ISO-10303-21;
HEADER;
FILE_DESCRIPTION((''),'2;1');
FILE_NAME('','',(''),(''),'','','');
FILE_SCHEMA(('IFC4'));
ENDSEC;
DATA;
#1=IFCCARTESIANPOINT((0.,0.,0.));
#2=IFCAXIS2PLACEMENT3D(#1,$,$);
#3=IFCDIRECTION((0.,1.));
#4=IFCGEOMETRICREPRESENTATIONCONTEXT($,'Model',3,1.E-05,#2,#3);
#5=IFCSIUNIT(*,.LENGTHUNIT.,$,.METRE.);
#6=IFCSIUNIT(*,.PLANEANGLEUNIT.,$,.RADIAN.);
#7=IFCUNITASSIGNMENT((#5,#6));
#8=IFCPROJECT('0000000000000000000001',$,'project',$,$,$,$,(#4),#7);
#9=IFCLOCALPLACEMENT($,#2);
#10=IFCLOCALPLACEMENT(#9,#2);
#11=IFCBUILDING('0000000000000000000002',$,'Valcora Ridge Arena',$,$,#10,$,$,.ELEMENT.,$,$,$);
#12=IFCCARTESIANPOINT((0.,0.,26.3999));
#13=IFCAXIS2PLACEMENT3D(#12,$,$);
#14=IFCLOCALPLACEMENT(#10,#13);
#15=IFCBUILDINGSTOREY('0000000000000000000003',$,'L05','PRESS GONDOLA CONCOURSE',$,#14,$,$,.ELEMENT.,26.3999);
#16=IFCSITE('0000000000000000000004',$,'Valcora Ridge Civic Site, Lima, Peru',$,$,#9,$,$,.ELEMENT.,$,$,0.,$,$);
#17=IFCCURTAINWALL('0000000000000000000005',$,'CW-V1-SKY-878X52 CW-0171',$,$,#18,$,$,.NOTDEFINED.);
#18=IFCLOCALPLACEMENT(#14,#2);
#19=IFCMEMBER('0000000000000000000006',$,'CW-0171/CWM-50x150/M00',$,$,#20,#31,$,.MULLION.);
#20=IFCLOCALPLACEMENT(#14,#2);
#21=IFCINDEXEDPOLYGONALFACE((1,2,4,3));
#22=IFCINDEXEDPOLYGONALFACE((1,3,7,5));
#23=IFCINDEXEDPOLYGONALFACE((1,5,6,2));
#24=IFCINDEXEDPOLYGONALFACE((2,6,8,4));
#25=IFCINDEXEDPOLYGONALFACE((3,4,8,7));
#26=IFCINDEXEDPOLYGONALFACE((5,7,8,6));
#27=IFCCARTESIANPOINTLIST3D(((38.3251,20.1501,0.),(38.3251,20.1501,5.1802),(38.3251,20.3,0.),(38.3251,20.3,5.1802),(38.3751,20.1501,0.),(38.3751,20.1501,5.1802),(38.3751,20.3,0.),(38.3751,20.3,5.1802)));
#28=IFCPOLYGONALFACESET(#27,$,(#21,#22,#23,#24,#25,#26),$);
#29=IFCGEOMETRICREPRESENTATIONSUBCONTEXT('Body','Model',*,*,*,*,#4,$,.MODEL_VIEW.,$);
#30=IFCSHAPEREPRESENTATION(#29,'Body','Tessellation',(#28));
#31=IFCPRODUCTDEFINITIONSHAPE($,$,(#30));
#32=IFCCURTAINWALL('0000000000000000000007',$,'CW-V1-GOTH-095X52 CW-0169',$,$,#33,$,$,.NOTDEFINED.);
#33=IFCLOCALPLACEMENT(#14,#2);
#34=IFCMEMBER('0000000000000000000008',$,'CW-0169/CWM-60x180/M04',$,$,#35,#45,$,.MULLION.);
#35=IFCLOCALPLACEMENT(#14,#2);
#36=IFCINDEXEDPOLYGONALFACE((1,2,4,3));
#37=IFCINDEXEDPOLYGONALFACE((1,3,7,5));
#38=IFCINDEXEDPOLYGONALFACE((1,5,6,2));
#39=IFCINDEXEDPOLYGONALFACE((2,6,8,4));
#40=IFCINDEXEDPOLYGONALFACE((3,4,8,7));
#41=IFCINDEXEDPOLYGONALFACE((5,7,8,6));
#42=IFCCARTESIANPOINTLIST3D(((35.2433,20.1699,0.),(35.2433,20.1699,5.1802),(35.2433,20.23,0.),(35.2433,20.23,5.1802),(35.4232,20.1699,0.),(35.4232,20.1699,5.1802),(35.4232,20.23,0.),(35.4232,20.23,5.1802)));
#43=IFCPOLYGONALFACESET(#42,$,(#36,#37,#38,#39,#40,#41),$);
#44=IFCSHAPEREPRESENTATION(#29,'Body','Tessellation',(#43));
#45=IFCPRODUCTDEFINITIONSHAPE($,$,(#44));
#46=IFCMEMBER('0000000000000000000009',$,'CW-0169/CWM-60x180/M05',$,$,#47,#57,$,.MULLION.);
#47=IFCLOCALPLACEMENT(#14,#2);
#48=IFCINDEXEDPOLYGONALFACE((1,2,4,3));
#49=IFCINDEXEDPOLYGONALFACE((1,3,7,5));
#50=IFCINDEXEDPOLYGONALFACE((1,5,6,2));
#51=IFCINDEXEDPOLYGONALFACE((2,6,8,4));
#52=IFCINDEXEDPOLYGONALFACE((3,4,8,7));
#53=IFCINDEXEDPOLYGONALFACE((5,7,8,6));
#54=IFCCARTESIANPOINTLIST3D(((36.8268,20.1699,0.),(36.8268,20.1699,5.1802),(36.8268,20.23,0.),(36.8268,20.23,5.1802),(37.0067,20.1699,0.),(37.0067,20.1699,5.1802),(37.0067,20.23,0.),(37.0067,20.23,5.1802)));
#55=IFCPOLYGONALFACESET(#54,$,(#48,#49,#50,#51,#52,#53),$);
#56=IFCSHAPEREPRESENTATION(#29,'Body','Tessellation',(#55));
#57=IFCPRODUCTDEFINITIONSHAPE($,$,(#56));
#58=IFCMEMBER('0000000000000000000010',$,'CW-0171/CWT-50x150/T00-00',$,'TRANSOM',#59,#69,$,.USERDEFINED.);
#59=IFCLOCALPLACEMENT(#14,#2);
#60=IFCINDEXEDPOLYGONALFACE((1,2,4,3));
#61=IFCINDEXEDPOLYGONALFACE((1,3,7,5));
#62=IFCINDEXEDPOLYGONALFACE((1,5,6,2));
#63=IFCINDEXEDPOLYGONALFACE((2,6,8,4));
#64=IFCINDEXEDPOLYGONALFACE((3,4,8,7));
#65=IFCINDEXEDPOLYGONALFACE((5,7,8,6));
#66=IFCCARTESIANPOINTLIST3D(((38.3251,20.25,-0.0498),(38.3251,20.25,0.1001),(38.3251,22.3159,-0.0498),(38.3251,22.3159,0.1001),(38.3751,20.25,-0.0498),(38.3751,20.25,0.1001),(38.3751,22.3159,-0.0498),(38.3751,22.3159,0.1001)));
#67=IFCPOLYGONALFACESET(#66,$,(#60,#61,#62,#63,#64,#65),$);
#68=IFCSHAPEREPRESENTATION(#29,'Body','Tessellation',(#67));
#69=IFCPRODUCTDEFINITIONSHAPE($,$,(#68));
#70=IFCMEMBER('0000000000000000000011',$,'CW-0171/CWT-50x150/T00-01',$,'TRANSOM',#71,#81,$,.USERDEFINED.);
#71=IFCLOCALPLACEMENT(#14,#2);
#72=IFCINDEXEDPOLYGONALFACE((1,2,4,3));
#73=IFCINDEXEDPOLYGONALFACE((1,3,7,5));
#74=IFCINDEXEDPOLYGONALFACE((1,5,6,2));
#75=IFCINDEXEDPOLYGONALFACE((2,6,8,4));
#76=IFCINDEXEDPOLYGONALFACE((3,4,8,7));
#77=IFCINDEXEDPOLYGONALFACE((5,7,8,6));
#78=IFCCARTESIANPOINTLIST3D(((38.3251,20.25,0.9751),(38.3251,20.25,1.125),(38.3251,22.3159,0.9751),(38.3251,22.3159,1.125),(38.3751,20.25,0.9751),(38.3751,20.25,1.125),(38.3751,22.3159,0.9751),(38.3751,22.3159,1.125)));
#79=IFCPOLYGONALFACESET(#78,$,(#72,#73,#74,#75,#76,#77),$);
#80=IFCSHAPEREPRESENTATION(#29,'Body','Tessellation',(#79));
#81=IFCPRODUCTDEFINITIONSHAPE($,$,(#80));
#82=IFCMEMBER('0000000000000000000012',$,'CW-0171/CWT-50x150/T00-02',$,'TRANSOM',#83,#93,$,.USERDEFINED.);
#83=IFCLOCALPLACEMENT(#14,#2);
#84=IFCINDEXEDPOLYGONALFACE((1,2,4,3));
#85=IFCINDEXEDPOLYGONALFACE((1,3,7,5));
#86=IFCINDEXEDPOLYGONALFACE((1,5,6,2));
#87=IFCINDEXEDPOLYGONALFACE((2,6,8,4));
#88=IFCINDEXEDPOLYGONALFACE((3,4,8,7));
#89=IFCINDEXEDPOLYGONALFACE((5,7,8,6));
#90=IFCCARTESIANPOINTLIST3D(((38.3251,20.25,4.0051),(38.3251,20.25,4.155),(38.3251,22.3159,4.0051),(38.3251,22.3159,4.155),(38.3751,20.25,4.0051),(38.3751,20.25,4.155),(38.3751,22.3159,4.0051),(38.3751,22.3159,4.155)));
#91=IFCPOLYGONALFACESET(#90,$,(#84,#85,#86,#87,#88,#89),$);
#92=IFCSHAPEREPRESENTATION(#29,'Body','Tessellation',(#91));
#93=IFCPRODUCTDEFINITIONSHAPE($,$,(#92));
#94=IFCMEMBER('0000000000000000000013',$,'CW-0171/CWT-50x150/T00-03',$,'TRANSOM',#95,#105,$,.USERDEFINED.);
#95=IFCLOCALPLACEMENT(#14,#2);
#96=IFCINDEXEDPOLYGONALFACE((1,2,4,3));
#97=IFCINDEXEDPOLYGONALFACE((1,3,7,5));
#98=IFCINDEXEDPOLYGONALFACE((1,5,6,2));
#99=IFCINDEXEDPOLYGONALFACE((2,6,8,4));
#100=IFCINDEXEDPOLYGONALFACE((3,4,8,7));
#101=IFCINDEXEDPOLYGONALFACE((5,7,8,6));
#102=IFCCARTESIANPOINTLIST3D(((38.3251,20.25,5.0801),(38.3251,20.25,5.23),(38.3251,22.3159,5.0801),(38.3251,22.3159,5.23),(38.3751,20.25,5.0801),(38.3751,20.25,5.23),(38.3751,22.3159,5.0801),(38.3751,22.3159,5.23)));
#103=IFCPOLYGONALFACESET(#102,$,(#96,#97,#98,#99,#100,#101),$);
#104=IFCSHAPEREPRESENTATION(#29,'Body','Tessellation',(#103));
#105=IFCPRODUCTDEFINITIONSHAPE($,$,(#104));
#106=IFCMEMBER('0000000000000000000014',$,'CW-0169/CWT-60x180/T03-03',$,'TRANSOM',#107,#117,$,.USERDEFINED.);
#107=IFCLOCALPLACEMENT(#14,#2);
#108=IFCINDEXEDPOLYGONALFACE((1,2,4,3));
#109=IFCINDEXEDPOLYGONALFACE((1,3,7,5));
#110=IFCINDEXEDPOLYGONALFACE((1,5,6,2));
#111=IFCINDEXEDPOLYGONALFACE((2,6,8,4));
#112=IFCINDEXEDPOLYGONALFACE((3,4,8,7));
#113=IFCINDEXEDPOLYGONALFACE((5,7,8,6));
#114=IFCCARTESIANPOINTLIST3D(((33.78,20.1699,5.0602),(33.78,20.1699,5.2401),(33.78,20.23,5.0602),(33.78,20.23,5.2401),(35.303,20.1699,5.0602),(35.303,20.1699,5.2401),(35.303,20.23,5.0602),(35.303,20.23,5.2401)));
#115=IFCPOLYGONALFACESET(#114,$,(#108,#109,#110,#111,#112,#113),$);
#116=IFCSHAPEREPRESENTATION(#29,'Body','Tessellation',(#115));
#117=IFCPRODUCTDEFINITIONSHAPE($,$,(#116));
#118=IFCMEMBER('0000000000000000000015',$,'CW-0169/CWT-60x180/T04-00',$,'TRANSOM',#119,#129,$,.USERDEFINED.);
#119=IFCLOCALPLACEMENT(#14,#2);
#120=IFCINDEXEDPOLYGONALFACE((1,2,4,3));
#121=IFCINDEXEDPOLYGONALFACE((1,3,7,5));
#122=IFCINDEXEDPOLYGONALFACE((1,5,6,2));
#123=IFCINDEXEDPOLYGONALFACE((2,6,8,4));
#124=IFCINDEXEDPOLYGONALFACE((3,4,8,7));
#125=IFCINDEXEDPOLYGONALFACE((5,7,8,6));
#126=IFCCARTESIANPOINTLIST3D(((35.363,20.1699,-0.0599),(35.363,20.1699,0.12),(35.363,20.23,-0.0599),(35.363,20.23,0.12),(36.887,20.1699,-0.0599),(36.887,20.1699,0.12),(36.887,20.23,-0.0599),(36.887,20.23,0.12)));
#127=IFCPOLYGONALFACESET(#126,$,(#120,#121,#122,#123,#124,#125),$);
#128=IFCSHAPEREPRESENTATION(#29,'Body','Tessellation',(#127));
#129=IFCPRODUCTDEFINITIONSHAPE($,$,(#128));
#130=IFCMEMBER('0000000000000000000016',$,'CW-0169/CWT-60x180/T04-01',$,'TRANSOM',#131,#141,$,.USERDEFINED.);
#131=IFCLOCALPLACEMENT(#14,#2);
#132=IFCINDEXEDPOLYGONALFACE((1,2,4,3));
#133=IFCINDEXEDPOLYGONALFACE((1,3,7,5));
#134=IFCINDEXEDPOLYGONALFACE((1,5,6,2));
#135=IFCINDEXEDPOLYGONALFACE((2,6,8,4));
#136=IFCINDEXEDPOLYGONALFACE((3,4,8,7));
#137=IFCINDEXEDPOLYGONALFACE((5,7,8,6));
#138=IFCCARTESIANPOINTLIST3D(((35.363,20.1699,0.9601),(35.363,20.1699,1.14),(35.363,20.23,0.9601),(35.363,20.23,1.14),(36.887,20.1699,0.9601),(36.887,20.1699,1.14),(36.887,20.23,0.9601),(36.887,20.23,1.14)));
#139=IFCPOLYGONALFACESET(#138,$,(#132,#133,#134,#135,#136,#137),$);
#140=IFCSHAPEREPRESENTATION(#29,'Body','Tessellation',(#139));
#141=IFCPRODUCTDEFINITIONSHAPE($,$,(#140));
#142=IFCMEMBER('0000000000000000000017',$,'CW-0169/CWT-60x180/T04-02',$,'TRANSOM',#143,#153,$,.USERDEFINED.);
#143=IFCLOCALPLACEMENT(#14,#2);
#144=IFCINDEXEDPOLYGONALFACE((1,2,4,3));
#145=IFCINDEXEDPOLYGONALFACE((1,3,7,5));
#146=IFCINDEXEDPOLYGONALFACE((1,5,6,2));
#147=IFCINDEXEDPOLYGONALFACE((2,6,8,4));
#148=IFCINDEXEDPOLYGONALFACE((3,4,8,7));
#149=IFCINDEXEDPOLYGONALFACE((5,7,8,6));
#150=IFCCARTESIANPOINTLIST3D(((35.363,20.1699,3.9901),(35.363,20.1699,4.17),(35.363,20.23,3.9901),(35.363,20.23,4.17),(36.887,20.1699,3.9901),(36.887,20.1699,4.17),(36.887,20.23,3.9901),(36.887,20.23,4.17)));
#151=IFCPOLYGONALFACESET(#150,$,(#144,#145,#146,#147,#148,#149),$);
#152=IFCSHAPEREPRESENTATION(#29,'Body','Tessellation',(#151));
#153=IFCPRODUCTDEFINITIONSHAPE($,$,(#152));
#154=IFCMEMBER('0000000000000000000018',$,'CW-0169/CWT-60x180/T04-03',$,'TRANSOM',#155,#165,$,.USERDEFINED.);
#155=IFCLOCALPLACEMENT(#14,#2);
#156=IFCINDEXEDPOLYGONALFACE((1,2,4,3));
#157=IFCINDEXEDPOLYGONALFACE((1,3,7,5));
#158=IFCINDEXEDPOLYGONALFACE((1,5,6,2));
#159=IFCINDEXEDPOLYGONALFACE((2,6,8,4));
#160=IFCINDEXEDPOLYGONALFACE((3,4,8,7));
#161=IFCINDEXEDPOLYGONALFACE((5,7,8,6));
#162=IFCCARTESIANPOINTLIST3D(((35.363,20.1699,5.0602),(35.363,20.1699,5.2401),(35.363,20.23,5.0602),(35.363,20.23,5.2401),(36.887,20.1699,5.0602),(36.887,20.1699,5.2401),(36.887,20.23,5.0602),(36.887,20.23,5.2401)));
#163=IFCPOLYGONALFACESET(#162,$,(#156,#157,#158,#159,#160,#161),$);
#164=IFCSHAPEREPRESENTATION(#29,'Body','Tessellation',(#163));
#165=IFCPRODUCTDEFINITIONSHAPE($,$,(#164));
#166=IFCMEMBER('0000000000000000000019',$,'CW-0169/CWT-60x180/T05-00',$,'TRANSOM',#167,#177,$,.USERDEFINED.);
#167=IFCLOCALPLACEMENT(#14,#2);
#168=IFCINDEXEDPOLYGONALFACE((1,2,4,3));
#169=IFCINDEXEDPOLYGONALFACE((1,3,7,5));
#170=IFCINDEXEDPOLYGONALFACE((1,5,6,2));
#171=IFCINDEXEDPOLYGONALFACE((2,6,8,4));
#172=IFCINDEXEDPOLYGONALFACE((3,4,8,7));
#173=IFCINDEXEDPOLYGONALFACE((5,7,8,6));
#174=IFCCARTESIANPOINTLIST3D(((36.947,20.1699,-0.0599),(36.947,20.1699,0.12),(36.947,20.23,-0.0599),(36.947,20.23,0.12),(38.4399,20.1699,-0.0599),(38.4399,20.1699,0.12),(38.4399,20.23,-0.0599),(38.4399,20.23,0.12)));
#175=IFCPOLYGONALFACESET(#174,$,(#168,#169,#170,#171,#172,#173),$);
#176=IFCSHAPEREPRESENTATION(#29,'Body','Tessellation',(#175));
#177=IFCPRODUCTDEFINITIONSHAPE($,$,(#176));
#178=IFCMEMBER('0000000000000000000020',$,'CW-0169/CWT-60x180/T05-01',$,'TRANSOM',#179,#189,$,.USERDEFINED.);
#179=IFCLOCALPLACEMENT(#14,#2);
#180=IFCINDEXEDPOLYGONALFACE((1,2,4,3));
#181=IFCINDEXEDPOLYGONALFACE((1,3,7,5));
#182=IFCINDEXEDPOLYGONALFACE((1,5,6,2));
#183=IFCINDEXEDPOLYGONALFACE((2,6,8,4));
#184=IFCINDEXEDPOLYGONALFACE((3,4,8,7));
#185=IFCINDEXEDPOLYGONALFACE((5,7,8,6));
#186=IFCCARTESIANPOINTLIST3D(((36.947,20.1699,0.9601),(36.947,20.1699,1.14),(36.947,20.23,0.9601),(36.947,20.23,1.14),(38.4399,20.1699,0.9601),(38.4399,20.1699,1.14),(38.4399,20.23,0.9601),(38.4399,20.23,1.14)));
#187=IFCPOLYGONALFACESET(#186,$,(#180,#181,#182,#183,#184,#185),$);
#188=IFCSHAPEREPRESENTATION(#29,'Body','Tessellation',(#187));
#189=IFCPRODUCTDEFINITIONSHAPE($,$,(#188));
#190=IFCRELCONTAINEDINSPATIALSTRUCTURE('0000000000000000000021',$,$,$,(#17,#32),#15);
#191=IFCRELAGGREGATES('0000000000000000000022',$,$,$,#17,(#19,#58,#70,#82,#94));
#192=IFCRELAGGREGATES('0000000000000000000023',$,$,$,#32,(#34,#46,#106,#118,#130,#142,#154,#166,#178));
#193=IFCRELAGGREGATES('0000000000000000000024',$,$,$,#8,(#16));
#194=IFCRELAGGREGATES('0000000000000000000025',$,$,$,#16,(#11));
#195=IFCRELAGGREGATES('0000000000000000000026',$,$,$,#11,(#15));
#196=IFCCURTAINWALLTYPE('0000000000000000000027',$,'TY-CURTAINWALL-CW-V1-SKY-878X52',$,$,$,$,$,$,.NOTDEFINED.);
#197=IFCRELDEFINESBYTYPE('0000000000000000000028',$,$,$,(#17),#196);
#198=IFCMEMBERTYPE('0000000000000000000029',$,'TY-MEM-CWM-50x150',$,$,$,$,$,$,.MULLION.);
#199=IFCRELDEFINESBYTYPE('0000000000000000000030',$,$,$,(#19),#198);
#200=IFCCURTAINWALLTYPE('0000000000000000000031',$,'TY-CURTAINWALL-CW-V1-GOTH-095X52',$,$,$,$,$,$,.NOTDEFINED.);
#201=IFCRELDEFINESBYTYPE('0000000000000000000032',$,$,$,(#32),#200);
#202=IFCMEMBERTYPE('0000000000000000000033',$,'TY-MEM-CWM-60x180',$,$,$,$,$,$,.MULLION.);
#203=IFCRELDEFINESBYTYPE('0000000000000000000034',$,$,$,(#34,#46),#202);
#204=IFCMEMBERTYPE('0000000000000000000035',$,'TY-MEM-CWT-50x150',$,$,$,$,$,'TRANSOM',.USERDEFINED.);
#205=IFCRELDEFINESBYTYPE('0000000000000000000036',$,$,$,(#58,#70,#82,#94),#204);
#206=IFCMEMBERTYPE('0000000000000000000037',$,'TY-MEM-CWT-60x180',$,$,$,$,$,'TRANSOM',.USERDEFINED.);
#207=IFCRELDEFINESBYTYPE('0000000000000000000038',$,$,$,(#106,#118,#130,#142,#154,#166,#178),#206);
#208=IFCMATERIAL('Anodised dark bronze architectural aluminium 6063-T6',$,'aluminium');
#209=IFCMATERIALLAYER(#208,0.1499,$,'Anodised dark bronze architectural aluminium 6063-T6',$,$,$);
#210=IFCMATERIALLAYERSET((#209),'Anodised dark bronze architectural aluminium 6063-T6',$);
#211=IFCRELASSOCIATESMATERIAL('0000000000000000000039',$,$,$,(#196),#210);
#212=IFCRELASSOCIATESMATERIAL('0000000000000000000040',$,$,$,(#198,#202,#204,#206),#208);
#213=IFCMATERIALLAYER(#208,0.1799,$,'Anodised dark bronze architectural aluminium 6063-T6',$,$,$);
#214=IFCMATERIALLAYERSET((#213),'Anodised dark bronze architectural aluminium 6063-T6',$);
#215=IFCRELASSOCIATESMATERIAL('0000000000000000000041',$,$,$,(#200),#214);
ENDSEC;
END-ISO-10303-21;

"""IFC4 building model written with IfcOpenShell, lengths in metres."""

from ifc_helpers import new_model, si_unit, direction, frame, origin, origin_2d, place, context, subcontext, project, spatial, rectangle, extrude, material, layer, layer_set, material_profile, profile_set, type_object, element, aggregate, save


model = new_model("IFC4")

# Units and contexts
model_context = context("Model", 3, precision=1e-05, world=origin(), true_north=direction((0.0, 1.0)))
body_context = subcontext(model_context, "Body", "Model", "MODEL_VIEW")
ifc_project = project(units=[si_unit("LENGTHUNIT", "METRE"), si_unit("PLANEANGLEUNIT", "RADIAN")], contexts=[model_context])

# Site, building, storey
site_placement = place(None, origin())
site = spatial("IfcSite", under=ifc_project, at=site_placement, Name="Valcora Ridge Civic Site, Lima, Peru", CompositionType="ELEMENT", RefElevation=0.0)
building_placement = place(site_placement, origin())
building = spatial("IfcBuilding", under=site, at=building_placement, Name="Valcora Ridge Arena", CompositionType="ELEMENT")
storey_placement = place(building_placement, frame((0.0, 0.0, 26.3999)))
storey = spatial("IfcBuildingStorey", under=building, at=storey_placement, Name="L05", Description="PRESS GONDOLA CONCOURSE", CompositionType="ELEMENT", Elevation=26.3999)

# Curtain wall, member
ifc_material_1 = material(Name="Anodised dark bronze architectural aluminium 6063-T6", Category="aluminium")
ifc_layer_1 = layer(ifc_material_1, 0.1499, Name="Anodised dark bronze architectural aluminium 6063-T6")
ifc_layer_set_1 = layer_set([ifc_layer_1], Name="Anodised dark bronze architectural aluminium 6063-T6")
curtain_wall_type_1 = type_object("IfcCurtainWallType", Name="TY-CURTAINWALL-CW-V1-SKY-878X52", PredefinedType="NOTDEFINED", material=ifc_layer_set_1)
curtain_wall_1_placement = place(storey_placement, origin())
curtain_wall_1 = element("IfcCurtainWall", 1, at=curtain_wall_1_placement, inside=storey, type_object=curtain_wall_type_1, Name="CW-V1-SKY-878X52 CW-0171", PredefinedType="NOTDEFINED")
ifc_material_profile_1 = material_profile(ifc_material_1, rectangle(XDim=0.05, YDim=0.1499, at=origin_2d()), Name="ALU MULLION 50x150")
ifc_profile_set_1 = profile_set([ifc_material_profile_1], Name="Anodised dark bronze architectural aluminium 6063-T6")
member_type_1 = type_object("IfcMemberType", Name="TY-MEM-CWM-50x150", PredefinedType="MULLION", material=ifc_profile_set_1)
member_1_placement = place(storey_placement, frame((38.3501, 20.2251, 0.0), z_axis=(0.0, 0.0, 1.0), x_axis=(-1.0, 0.0, 0.0)))
member_1 = element("IfcMember", 2, at=member_1_placement, type_object=member_type_1, Name="CW-0171/CWM-50x150/M00", PredefinedType="MULLION", context=body_context, shape_type="SweptSolid", body=[
    extrude(rectangle(XDim=0.05, YDim=0.1499, at=origin_2d()), origin(), (0.0, 0.0, 1.0), 5.1802),
])

# Curtain wall, members
ifc_layer_2 = layer(ifc_material_1, 0.1799, Name="Anodised dark bronze architectural aluminium 6063-T6")
ifc_layer_set_2 = layer_set([ifc_layer_2], Name="Anodised dark bronze architectural aluminium 6063-T6")
curtain_wall_type_2 = type_object("IfcCurtainWallType", Name="TY-CURTAINWALL-CW-V1-GOTH-095X52", PredefinedType="NOTDEFINED", material=ifc_layer_set_2)
curtain_wall_2_placement = place(storey_placement, origin())
curtain_wall_2 = element("IfcCurtainWall", 3, at=curtain_wall_2_placement, inside=storey, type_object=curtain_wall_type_2, Name="CW-V1-GOTH-095X52 CW-0169", PredefinedType="NOTDEFINED")
ifc_material_profile_2 = material_profile(ifc_material_1, rectangle(XDim=0.0601, YDim=0.1799, at=origin_2d()), Name="ALU MULLION 60x180")
ifc_profile_set_2 = profile_set([ifc_material_profile_2], Name="Anodised dark bronze architectural aluminium 6063-T6")
member_type_2 = type_object("IfcMemberType", Name="TY-MEM-CWM-60x180", PredefinedType="MULLION", material=ifc_profile_set_2)
member_2_placement = place(storey_placement, frame((35.3333, 20.2, 0.0), z_axis=(0.0, 0.0, 1.0), x_axis=(0.0, 1.0, 0.0)))
member_2 = element("IfcMember", 4, at=member_2_placement, type_object=member_type_2, Name="CW-0169/CWM-60x180/M04", PredefinedType="MULLION", context=body_context, shape_type="SweptSolid", body=[
    extrude(rectangle(XDim=0.0601, YDim=0.1799, at=origin_2d()), origin(), (0.0, 0.0, 1.0), 5.1802),
])
member_3_placement = place(storey_placement, frame((36.9167, 20.2, 0.0), z_axis=(0.0, 0.0, 1.0), x_axis=(0.0, 1.0, 0.0)))
member_3 = element("IfcMember", 5, at=member_3_placement, type_object=member_type_2, Name="CW-0169/CWM-60x180/M05", PredefinedType="MULLION", context=body_context, shape_type="SweptSolid", body=[
    extrude(rectangle(XDim=0.0601, YDim=0.1799, at=origin_2d()), origin(), (0.0, 0.0, 1.0), 5.1802),
])

# Members
ifc_material_profile_3 = material_profile(ifc_material_1, rectangle(XDim=0.05, YDim=0.1499, at=origin_2d()), Name="ALU TRANSOM 50x150")
ifc_profile_set_3 = profile_set([ifc_material_profile_3], Name="Anodised dark bronze architectural aluminium 6063-T6")
member_type_3 = type_object("IfcMemberType", Name="TY-MEM-CWT-50x150", ElementType="TRANSOM", PredefinedType="USERDEFINED", material=ifc_profile_set_3)
member_4_placement = place(storey_placement, frame((38.3501, 20.25, 0.0251), z_axis=(0.0, 1.0, 0.0), x_axis=(-1.0, 0.0, 0.0)))
member_4 = element("IfcMember", 6, at=member_4_placement, type_object=member_type_3, Name="CW-0171/CWT-50x150/T00-00", ObjectType="TRANSOM", PredefinedType="USERDEFINED", context=body_context, shape_type="SweptSolid", body=[
    extrude(rectangle(XDim=0.05, YDim=0.1499, at=origin_2d()), origin(), (0.0, 0.0, 1.0), 2.0659),
])
member_5_placement = place(storey_placement, frame((38.3501, 20.25, 1.05), z_axis=(0.0, 1.0, 0.0), x_axis=(-1.0, 0.0, 0.0)))
member_5 = element("IfcMember", 7, at=member_5_placement, type_object=member_type_3, Name="CW-0171/CWT-50x150/T00-01", ObjectType="TRANSOM", PredefinedType="USERDEFINED", context=body_context, shape_type="SweptSolid", body=[
    extrude(rectangle(XDim=0.05, YDim=0.1499, at=origin_2d()), origin(), (0.0, 0.0, 1.0), 2.0659),
])
member_6_placement = place(storey_placement, frame((38.3501, 20.25, 4.0801), z_axis=(0.0, 1.0, 0.0), x_axis=(-1.0, 0.0, 0.0)))
member_6 = element("IfcMember", 8, at=member_6_placement, type_object=member_type_3, Name="CW-0171/CWT-50x150/T00-02", ObjectType="TRANSOM", PredefinedType="USERDEFINED", context=body_context, shape_type="SweptSolid", body=[
    extrude(rectangle(XDim=0.05, YDim=0.1499, at=origin_2d()), origin(), (0.0, 0.0, 1.0), 2.0659),
])
member_7_placement = place(storey_placement, frame((38.3501, 20.25, 5.155), z_axis=(0.0, 1.0, 0.0), x_axis=(-1.0, 0.0, 0.0)))
member_7 = element("IfcMember", 9, at=member_7_placement, type_object=member_type_3, Name="CW-0171/CWT-50x150/T00-03", ObjectType="TRANSOM", PredefinedType="USERDEFINED", context=body_context, shape_type="SweptSolid", body=[
    extrude(rectangle(XDim=0.05, YDim=0.1499, at=origin_2d()), origin(), (0.0, 0.0, 1.0), 2.0659),
])
aggregate(curtain_wall_1, [member_1, member_4, member_5, member_6, member_7])
ifc_material_profile_4 = material_profile(ifc_material_1, rectangle(XDim=0.0601, YDim=0.1799, at=origin_2d()), Name="ALU TRANSOM 60x180")
ifc_profile_set_4 = profile_set([ifc_material_profile_4], Name="Anodised dark bronze architectural aluminium 6063-T6")
member_type_4 = type_object("IfcMemberType", Name="TY-MEM-CWT-60x180", ElementType="TRANSOM", PredefinedType="USERDEFINED", material=ifc_profile_set_4)
member_8_placement = place(storey_placement, frame((33.78, 20.2, 5.1501), z_axis=(1.0, 0.0, 0.0), x_axis=(0.0, 1.0, 0.0)))
member_8 = element("IfcMember", 10, at=member_8_placement, type_object=member_type_4, Name="CW-0169/CWT-60x180/T03-03", ObjectType="TRANSOM", PredefinedType="USERDEFINED", context=body_context, shape_type="SweptSolid", body=[
    extrude(rectangle(XDim=0.0601, YDim=0.1799, at=origin_2d()), origin(), (0.0, 0.0, 1.0), 1.5229),
])
member_9_placement = place(storey_placement, frame((35.363, 20.2, 0.03), z_axis=(1.0, 0.0, 0.0), x_axis=(0.0, 1.0, 0.0)))
member_9 = element("IfcMember", 11, at=member_9_placement, type_object=member_type_4, Name="CW-0169/CWT-60x180/T04-00", ObjectType="TRANSOM", PredefinedType="USERDEFINED", context=body_context, shape_type="SweptSolid", body=[
    extrude(rectangle(XDim=0.0601, YDim=0.1799, at=origin_2d()), origin(), (0.0, 0.0, 1.0), 1.5239),
])
member_10_placement = place(storey_placement, frame((35.363, 20.2, 1.05), z_axis=(1.0, 0.0, 0.0), x_axis=(0.0, 1.0, 0.0)))
member_10 = element("IfcMember", 12, at=member_10_placement, type_object=member_type_4, Name="CW-0169/CWT-60x180/T04-01", ObjectType="TRANSOM", PredefinedType="USERDEFINED", context=body_context, shape_type="SweptSolid", body=[
    extrude(rectangle(XDim=0.0601, YDim=0.1799, at=origin_2d()), origin(), (0.0, 0.0, 1.0), 1.5239),
])
member_11_placement = place(storey_placement, frame((35.363, 20.2, 4.0801), z_axis=(1.0, 0.0, 0.0), x_axis=(0.0, 1.0, 0.0)))
member_11 = element("IfcMember", 13, at=member_11_placement, type_object=member_type_4, Name="CW-0169/CWT-60x180/T04-02", ObjectType="TRANSOM", PredefinedType="USERDEFINED", context=body_context, shape_type="SweptSolid", body=[
    extrude(rectangle(XDim=0.0601, YDim=0.1799, at=origin_2d()), origin(), (0.0, 0.0, 1.0), 1.5239),
])
member_12_placement = place(storey_placement, frame((35.363, 20.2, 5.1501), z_axis=(1.0, 0.0, 0.0), x_axis=(0.0, 1.0, 0.0)))
member_12 = element("IfcMember", 14, at=member_12_placement, type_object=member_type_4, Name="CW-0169/CWT-60x180/T04-03", ObjectType="TRANSOM", PredefinedType="USERDEFINED", context=body_context, shape_type="SweptSolid", body=[
    extrude(rectangle(XDim=0.0601, YDim=0.1799, at=origin_2d()), origin(), (0.0, 0.0, 1.0), 1.5239),
])
member_13_placement = place(storey_placement, frame((36.947, 20.2, 0.03), z_axis=(1.0, 0.0, 0.0), x_axis=(0.0, 1.0, 0.0)))
member_13 = element("IfcMember", 15, at=member_13_placement, type_object=member_type_4, Name="CW-0169/CWT-60x180/T05-00", ObjectType="TRANSOM", PredefinedType="USERDEFINED", context=body_context, shape_type="SweptSolid", body=[
    extrude(rectangle(XDim=0.0601, YDim=0.1799, at=origin_2d()), origin(), (0.0, 0.0, 1.0), 1.4929),
])
member_14_placement = place(storey_placement, frame((36.947, 20.2, 1.05), z_axis=(1.0, 0.0, 0.0), x_axis=(0.0, 1.0, 0.0)))
member_14 = element("IfcMember", 16, at=member_14_placement, type_object=member_type_4, Name="CW-0169/CWT-60x180/T05-01", ObjectType="TRANSOM", PredefinedType="USERDEFINED", context=body_context, shape_type="SweptSolid", body=[
    extrude(rectangle(XDim=0.0601, YDim=0.1799, at=origin_2d()), origin(), (0.0, 0.0, 1.0), 1.4929),
])

aggregate(curtain_wall_2, [member_2, member_3, member_8, member_9, member_10, member_11, member_12, member_13, member_14])

save(model, "model.ifc")
